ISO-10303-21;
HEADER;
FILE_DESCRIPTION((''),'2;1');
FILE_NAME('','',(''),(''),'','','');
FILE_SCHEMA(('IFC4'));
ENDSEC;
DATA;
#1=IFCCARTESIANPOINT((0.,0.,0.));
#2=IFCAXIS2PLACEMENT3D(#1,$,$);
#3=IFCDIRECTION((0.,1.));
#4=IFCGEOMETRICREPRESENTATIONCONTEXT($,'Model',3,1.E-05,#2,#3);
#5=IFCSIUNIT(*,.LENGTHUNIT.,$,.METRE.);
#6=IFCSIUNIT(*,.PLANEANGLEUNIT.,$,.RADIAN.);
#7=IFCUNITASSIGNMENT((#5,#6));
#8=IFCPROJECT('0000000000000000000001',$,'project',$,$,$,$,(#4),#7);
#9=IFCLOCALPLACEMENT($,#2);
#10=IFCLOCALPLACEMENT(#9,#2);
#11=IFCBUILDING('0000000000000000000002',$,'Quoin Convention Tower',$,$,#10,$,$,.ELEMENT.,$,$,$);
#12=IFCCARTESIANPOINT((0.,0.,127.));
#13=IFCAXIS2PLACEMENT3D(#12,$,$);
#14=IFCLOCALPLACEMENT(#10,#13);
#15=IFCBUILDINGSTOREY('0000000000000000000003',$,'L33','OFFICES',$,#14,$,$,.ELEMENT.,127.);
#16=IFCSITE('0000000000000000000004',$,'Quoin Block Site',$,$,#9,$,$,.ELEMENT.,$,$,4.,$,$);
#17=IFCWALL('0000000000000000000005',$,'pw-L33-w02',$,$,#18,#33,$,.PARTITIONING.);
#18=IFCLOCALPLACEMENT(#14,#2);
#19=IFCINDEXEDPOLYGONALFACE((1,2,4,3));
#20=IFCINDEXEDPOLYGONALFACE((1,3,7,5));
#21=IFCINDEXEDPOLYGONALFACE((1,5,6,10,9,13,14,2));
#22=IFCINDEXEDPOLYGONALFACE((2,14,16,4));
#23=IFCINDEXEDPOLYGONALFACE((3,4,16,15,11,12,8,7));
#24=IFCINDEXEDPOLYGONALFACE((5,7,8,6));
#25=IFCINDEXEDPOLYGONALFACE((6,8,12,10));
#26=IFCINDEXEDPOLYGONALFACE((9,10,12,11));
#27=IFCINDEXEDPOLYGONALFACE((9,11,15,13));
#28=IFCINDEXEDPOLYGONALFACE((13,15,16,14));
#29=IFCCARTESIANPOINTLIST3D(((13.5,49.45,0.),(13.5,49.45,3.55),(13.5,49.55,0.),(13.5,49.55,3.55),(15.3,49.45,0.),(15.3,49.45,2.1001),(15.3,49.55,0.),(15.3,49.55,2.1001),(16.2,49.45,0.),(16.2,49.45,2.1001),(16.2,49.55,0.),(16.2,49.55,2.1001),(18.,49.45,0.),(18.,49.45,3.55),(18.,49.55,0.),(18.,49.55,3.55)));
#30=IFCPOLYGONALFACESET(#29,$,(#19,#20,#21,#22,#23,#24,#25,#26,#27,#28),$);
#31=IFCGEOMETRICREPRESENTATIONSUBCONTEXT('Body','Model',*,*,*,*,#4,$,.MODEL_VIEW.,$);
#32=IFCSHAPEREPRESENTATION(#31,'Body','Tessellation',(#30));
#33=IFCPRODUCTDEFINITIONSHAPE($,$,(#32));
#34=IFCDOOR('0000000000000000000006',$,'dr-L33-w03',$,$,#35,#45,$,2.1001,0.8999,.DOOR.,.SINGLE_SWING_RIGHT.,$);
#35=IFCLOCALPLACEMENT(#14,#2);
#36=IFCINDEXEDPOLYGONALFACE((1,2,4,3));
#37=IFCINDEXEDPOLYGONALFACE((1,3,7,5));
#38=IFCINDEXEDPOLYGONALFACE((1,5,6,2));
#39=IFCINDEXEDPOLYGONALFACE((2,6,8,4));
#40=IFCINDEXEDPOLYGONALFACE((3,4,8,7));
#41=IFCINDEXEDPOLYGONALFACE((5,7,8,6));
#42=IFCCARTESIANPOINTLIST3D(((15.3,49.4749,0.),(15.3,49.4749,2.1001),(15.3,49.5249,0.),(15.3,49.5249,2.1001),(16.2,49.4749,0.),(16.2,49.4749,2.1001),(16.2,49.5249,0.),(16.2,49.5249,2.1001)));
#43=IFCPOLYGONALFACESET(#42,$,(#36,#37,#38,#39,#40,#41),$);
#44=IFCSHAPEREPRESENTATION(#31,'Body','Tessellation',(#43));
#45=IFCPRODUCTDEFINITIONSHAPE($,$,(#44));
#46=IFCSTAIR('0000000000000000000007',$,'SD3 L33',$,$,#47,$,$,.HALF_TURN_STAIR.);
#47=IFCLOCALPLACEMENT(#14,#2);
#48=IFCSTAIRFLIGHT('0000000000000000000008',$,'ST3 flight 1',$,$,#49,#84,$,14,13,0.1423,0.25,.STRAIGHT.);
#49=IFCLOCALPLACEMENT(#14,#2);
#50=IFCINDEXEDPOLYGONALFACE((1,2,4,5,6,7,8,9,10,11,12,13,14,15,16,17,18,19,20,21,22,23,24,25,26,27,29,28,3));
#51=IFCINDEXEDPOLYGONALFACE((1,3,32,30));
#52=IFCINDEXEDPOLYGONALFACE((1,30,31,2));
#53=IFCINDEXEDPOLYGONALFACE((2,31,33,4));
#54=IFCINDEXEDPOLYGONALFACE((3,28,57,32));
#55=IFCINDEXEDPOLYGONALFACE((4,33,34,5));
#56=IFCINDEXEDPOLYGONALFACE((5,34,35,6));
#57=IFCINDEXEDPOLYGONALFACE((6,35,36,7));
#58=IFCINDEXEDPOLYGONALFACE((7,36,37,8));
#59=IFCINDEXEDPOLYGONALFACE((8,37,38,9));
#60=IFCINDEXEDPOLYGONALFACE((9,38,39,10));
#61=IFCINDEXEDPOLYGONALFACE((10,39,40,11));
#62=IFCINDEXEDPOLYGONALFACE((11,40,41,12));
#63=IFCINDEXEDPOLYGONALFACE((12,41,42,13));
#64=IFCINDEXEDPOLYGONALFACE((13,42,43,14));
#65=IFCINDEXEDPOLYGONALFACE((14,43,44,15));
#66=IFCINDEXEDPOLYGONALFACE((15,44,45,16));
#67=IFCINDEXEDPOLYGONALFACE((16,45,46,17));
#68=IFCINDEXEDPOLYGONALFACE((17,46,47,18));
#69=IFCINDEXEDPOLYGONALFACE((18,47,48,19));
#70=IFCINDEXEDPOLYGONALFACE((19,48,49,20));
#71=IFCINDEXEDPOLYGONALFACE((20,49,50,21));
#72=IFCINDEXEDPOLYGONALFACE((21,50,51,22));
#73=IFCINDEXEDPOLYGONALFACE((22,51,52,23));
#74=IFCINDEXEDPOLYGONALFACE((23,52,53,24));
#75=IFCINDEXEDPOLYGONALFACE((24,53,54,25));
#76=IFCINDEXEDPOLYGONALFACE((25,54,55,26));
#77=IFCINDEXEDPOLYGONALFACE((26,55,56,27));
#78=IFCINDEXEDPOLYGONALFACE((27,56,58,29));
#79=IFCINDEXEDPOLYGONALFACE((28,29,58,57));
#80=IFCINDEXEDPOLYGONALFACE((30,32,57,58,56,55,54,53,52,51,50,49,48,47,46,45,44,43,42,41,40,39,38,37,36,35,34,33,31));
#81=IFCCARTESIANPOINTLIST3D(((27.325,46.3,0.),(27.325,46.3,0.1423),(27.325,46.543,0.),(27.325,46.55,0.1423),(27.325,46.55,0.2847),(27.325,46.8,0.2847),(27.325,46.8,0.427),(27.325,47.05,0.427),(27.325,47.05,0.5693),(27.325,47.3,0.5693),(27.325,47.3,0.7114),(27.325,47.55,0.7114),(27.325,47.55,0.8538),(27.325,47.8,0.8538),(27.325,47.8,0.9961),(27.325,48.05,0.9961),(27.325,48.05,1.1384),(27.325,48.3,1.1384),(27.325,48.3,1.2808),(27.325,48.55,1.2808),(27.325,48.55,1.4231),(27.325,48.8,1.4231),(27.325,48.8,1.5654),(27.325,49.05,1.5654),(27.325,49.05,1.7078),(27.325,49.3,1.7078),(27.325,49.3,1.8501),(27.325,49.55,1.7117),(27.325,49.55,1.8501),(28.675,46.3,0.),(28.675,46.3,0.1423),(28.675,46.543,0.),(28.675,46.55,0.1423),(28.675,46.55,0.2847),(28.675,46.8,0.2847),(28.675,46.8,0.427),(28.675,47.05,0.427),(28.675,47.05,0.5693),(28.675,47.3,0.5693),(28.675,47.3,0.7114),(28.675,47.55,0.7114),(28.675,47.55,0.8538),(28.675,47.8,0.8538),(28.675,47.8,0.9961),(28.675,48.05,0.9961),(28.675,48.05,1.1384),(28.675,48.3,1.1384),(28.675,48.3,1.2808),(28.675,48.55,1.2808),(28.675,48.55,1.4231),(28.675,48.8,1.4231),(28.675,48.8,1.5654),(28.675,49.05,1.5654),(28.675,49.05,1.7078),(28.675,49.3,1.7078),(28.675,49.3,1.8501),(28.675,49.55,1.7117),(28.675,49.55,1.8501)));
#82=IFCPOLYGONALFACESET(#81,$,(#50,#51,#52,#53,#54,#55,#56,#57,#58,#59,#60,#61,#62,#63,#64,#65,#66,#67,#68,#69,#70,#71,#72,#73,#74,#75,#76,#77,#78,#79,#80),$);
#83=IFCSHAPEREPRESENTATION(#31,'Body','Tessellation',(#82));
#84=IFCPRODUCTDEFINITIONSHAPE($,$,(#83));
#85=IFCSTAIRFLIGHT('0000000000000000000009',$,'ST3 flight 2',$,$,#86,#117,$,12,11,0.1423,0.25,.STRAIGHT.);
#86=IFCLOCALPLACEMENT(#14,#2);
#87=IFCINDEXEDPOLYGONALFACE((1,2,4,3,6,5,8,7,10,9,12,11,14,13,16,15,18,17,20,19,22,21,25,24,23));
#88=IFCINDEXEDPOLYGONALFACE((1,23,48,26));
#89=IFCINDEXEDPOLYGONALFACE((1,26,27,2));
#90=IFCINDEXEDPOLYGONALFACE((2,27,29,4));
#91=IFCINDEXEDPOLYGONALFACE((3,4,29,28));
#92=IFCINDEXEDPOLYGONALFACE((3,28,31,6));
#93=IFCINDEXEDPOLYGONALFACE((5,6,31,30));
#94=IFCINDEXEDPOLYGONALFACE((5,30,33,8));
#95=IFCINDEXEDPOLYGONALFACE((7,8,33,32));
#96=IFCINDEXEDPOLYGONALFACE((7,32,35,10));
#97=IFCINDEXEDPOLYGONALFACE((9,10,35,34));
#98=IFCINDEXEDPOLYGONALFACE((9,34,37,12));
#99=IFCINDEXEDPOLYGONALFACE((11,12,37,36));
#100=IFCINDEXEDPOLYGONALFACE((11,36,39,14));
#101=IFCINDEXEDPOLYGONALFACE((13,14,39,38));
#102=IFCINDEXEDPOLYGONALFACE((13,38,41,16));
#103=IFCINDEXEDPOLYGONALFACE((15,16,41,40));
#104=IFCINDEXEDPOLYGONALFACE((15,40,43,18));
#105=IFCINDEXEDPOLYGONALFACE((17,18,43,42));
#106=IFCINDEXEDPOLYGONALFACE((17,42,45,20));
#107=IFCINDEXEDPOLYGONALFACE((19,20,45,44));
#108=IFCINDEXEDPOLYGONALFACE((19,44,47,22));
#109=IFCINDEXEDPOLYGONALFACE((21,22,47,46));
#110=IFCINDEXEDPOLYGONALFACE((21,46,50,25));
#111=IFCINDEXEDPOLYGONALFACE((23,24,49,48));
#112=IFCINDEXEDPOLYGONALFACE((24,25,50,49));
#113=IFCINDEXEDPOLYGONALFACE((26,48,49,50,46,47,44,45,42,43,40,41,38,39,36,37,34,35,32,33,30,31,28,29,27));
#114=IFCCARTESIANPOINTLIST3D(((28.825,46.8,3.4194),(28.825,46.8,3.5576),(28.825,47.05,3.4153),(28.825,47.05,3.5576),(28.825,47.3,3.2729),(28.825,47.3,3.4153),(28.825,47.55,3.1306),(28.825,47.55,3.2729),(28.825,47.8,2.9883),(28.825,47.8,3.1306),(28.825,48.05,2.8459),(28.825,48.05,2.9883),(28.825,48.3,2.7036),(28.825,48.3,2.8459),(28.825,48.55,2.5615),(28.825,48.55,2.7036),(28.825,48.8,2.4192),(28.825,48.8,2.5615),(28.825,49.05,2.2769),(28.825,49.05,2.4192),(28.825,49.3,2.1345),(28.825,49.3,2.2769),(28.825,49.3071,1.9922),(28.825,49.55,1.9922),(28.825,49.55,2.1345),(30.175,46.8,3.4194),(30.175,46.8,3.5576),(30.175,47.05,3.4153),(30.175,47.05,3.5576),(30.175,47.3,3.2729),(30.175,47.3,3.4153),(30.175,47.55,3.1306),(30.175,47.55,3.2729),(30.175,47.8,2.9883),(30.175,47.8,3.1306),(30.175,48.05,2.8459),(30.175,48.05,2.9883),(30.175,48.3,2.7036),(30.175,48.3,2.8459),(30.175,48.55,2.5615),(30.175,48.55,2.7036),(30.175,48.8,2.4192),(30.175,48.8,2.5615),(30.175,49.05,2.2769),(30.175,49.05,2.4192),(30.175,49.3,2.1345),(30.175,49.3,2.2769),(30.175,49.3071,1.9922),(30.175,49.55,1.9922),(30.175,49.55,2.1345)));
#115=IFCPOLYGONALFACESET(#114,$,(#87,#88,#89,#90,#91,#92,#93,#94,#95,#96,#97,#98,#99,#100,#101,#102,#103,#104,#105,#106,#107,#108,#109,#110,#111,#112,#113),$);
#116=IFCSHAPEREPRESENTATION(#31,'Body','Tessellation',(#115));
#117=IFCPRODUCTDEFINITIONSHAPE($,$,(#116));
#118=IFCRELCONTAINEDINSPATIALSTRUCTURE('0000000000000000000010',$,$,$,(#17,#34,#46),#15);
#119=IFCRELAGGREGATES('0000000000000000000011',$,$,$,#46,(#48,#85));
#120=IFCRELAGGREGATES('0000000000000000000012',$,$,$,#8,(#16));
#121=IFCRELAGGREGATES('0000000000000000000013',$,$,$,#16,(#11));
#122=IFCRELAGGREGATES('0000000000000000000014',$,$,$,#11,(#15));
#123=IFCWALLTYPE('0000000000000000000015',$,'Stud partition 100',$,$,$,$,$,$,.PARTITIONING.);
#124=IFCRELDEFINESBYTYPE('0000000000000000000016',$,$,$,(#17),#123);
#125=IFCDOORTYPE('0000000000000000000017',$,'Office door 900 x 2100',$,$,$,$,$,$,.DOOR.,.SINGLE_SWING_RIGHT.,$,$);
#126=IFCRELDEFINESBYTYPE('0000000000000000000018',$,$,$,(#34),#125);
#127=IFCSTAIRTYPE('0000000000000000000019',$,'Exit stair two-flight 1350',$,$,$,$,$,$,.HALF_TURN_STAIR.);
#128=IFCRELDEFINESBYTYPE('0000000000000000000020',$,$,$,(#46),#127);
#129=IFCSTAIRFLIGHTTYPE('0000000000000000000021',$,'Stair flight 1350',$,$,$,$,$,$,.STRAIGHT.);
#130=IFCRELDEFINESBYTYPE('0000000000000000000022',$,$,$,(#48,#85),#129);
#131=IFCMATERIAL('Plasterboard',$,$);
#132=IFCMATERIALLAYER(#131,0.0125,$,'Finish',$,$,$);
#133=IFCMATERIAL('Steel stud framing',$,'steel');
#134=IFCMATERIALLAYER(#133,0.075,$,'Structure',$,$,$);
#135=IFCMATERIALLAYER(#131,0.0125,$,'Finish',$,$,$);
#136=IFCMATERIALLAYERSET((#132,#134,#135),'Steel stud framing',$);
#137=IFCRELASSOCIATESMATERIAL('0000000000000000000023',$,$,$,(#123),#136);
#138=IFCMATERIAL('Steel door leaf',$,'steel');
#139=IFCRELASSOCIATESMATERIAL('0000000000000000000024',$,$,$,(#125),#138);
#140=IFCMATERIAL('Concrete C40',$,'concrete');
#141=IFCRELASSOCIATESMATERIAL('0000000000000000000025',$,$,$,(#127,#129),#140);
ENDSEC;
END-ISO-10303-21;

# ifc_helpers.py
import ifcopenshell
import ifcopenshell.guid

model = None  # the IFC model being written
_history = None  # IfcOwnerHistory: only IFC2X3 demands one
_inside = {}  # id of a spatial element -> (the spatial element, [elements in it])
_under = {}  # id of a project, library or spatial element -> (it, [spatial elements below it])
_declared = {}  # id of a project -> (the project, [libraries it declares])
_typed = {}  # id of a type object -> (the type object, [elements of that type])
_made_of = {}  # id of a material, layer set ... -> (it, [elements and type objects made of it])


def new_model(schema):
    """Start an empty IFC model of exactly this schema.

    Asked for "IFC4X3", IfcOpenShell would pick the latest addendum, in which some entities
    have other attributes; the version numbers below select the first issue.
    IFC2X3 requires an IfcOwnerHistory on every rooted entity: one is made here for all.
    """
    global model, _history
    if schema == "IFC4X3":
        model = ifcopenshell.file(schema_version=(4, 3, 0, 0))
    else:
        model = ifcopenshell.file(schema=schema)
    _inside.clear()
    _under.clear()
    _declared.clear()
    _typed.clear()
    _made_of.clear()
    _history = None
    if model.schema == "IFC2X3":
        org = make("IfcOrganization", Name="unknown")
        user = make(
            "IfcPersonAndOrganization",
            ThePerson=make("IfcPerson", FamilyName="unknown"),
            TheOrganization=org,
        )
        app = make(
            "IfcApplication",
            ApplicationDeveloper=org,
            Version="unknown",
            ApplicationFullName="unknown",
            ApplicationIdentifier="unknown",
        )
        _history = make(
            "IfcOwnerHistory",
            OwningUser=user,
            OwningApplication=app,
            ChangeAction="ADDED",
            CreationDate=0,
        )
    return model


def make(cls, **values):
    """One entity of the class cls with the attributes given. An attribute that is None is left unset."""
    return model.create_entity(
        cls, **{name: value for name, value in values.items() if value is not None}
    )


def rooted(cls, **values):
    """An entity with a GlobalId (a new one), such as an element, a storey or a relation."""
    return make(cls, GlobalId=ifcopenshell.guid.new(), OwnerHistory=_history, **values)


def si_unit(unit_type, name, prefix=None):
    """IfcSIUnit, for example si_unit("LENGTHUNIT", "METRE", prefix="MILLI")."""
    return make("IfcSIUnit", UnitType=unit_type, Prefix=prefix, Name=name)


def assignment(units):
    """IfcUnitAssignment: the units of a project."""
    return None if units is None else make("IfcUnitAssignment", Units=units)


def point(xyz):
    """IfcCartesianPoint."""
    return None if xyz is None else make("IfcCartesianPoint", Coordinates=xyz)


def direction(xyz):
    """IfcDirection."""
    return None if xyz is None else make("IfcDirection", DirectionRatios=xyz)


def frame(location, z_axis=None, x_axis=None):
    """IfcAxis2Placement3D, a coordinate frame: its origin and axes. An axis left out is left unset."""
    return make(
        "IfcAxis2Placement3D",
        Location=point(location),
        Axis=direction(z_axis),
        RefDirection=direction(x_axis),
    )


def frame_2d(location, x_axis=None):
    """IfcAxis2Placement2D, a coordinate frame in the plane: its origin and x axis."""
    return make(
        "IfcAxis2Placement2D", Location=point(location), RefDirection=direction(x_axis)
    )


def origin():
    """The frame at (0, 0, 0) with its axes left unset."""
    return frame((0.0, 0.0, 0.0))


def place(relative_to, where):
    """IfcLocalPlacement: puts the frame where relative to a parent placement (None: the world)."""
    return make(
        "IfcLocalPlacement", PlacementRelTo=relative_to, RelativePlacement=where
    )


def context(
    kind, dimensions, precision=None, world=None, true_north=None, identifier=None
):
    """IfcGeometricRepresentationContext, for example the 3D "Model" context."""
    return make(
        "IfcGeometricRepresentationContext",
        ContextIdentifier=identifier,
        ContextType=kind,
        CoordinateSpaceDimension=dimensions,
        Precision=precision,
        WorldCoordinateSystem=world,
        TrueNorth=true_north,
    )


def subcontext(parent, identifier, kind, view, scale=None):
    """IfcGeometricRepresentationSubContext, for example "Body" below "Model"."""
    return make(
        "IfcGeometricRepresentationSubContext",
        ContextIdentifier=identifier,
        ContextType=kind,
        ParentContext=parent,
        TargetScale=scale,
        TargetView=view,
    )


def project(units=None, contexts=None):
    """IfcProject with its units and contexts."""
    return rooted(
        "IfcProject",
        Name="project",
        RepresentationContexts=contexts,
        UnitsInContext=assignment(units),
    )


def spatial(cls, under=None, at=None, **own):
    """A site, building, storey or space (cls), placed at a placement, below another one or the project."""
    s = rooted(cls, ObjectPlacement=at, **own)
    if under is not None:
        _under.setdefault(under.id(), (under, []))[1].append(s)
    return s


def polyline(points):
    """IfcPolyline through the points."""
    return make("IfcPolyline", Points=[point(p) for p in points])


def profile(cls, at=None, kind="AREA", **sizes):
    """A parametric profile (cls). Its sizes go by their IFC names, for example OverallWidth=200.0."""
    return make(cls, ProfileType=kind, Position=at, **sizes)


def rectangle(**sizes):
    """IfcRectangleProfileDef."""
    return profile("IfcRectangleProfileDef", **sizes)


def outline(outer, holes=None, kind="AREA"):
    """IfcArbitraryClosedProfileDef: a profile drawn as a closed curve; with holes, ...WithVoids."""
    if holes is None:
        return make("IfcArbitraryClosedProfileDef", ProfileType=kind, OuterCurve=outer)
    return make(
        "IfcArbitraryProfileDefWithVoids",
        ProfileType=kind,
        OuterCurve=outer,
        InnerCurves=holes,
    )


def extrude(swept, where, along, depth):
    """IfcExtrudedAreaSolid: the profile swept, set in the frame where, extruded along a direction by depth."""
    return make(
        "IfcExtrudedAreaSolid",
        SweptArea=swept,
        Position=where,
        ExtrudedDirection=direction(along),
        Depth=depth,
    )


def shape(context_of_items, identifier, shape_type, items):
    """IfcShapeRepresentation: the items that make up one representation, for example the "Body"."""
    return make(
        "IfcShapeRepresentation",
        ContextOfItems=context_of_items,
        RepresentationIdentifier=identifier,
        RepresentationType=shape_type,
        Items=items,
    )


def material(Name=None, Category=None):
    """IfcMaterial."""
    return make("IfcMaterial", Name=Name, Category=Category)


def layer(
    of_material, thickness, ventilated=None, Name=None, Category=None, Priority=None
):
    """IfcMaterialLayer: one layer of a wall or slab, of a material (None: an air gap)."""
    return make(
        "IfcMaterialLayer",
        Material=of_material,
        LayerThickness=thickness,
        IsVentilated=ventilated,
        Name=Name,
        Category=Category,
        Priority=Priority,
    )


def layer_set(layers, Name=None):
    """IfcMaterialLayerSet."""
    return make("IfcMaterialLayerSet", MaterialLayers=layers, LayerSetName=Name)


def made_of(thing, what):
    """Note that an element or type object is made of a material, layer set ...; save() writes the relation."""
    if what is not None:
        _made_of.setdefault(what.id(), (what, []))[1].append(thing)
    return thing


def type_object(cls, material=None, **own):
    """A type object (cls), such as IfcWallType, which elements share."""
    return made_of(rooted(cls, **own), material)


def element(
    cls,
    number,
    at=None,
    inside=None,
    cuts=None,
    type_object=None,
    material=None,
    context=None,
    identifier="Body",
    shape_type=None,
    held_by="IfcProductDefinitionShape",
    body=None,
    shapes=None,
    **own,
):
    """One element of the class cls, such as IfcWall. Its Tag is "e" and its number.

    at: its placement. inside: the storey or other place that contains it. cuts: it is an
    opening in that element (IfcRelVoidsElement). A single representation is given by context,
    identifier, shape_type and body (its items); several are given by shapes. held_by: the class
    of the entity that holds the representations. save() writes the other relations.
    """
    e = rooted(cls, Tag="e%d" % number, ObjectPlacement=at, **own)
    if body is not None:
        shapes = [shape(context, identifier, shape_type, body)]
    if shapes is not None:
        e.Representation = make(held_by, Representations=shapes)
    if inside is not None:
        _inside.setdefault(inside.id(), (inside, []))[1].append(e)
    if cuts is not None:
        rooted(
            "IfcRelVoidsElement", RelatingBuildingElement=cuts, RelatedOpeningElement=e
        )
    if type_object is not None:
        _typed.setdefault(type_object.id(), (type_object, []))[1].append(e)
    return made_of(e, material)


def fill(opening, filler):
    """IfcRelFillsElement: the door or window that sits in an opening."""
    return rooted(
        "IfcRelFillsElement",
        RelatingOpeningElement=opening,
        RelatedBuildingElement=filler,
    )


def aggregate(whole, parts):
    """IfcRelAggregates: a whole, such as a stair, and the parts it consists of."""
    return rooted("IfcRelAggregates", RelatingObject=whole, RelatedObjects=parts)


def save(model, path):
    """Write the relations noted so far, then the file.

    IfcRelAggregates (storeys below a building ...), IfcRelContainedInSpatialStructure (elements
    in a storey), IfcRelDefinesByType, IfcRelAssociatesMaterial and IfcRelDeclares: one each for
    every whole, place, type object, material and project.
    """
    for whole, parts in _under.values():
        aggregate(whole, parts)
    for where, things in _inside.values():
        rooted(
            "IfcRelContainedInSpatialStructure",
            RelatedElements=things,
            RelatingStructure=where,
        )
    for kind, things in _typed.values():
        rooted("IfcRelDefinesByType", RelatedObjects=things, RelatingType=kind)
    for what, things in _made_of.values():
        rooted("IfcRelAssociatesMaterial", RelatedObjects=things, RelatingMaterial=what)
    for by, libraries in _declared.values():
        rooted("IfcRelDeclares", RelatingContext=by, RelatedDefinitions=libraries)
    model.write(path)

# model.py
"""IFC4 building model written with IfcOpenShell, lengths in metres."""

from ifc_helpers import new_model, si_unit, direction, frame, frame_2d, origin, place, context, subcontext, project, spatial, polyline, rectangle, outline, extrude, material, layer, layer_set, type_object, element, fill, aggregate, save


model = new_model("IFC4")

# Units and contexts
model_context = context("Model", 3, precision=1e-05, world=origin(), true_north=direction((0.0, 1.0)))
body_context = subcontext(model_context, "Body", "Model", "MODEL_VIEW")
ifc_project = project(units=[si_unit("LENGTHUNIT", "METRE"), si_unit("PLANEANGLEUNIT", "RADIAN")], contexts=[model_context])

# Site, building, storey
site_placement = place(None, origin())
site = spatial("IfcSite", under=ifc_project, at=site_placement, Name="Quoin Block Site", CompositionType="ELEMENT", RefElevation=4.0)
building_placement = place(site_placement, origin())
building = spatial("IfcBuilding", under=site, at=building_placement, Name="Quoin Convention Tower", CompositionType="ELEMENT")
storey_placement = place(building_placement, frame((0.0, 0.0, 127.0)))
storey = spatial("IfcBuildingStorey", under=building, at=storey_placement, Name="L33", Description="OFFICES", CompositionType="ELEMENT", Elevation=127.0)

# Shared definitions
ifc_material_1 = material(Name="Plasterboard")
ifc_material_2 = material(Name="Steel stud framing", Category="steel")

# Shared definitions
ifc_material_3 = material(Name="Steel door leaf", Category="steel")

# Wall, opening, door
ifc_layer_1 = layer(ifc_material_1, 0.0125, Name="Finish")
ifc_layer_2 = layer(ifc_material_2, 0.075, Name="Structure")
ifc_layer_3 = layer(ifc_material_1, 0.0125, Name="Finish")
ifc_layer_set_1 = layer_set([ifc_layer_1, ifc_layer_2, ifc_layer_3], Name="Steel stud framing")
wall_type_1 = type_object("IfcWallType", Name="Stud partition 100", PredefinedType="PARTITIONING", material=ifc_layer_set_1)
wall_1_placement = place(storey_placement, frame((13.5, 49.5, 0.0), z_axis=(0.0, 0.0, 1.0), x_axis=(1.0, 0.0, 0.0)))
wall_1 = element("IfcWall", 1, at=wall_1_placement, inside=storey, type_object=wall_type_1, Name="pw-L33-w02", PredefinedType="PARTITIONING", context=body_context, shape_type="SweptSolid", body=[
    extrude(rectangle(XDim=4.5, YDim=0.1001, at=frame_2d((2.25, 0.0))), origin(), (0.0, 0.0, 1.0), 3.55),
])
opening_1_placement = place(wall_1_placement, frame((1.8, 0.0, 0.0)))
opening_1 = element("IfcOpeningElement", 2, at=opening_1_placement, cuts=wall_1, PredefinedType="OPENING", context=body_context, shape_type="SweptSolid", body=[
    extrude(rectangle(XDim=0.8999, YDim=2.1001, at=frame_2d((0.45, 1.05))), frame((0.0, 0.0601, 0.0), z_axis=(0.0, -1.0, 0.0), x_axis=(1.0, 0.0, 0.0)), (0.0, 0.0, 1.0), 0.1201),
])
door_type_1 = type_object("IfcDoorType", Name="Office door 900 x 2100", OperationType="SINGLE_SWING_RIGHT", PredefinedType="DOOR", material=ifc_material_3)
door_1_placement = place(opening_1_placement, origin())
door_1 = element("IfcDoor", 3, at=door_1_placement, inside=storey, type_object=door_type_1, Name="dr-L33-w03", OperationType="SINGLE_SWING_RIGHT", OverallHeight=2.1001, OverallWidth=0.8999, PredefinedType="DOOR", context=body_context, shape_type="SweptSolid", body=[
    extrude(rectangle(XDim=0.8999, YDim=2.1001, at=frame_2d((0.45, 1.05))), frame((0.0, 0.0249, 0.0), z_axis=(0.0, -1.0, 0.0), x_axis=(1.0, 0.0, 0.0)), (0.0, 0.0, 1.0), 0.05),
])
fill(opening_1, door_1)

# Stair, stair flights
ifc_material_4 = material(Name="Concrete C40", Category="concrete")
stair_type = type_object("IfcStairType", Name="Exit stair two-flight 1350", PredefinedType="HALF_TURN_STAIR", material=ifc_material_4)
stair_placement = place(storey_placement, origin())
stair = element("IfcStair", 4, at=stair_placement, inside=storey, type_object=stair_type, Name="SD3 L33", PredefinedType="HALF_TURN_STAIR")
stair_flight_type = type_object("IfcStairFlightType", Name="Stair flight 1350", PredefinedType="STRAIGHT", material=ifc_material_4)
stair_flight_1_placement = place(storey_placement, frame((28.0, 46.3, 0.0), z_axis=(0.0, 0.0, 1.0), x_axis=(0.0, 1.0, 0.0)))
stair_flight_1 = element("IfcStairFlight", 5, at=stair_flight_1_placement, type_object=stair_flight_type, Name="ST3 flight 1", NumberOfRisers=14, NumberOfTreads=13, PredefinedType="STRAIGHT", RiserHeight=0.1423, TreadLength=0.25, context=body_context, shape_type="SweptSolid", body=[
    extrude(outline(polyline([(0.0, 0.0), (0.0, 0.1423), (0.25, 0.1423), (0.25, 0.2847), (0.5, 0.2847), (0.5, 0.427), (0.75, 0.427), (0.75, 0.5693), (1.0, 0.5693), (1.0, 0.7114), (1.25, 0.7114), (1.25, 0.8538), (1.5, 0.8538), (1.5, 0.9961), (1.75, 0.9961), (1.75, 1.1384), (2.0, 1.1384), (2.0, 1.2808), (2.25, 1.2808), (2.25, 1.4231), (2.5, 1.4231), (2.5, 1.5654), (2.75, 1.5654), (2.75, 1.7078), (3.0, 1.7078), (3.0, 1.8501), (3.25, 1.8501), (3.25, 1.9922), (3.25, 1.7117), (0.2429, 0.0), (0.0, 0.0)])), frame((0.0, 0.675, 0.0), z_axis=(0.0, -1.0, 0.0), x_axis=(1.0, 0.0, 0.0)), (0.0, 0.0, 1.0), 1.3501),
])
stair_flight_2_placement = place(storey_placement, frame((29.5, 49.55, 1.9922), z_axis=(0.0, 0.0, 1.0), x_axis=(0.0, -1.0, 0.0)))
stair_flight_2 = element("IfcStairFlight", 6, at=stair_flight_2_placement, type_object=stair_flight_type, Name="ST3 flight 2", NumberOfRisers=12, NumberOfTreads=11, PredefinedType="STRAIGHT", RiserHeight=0.1423, TreadLength=0.25, context=body_context, shape_type="SweptSolid", body=[
    extrude(outline(polyline([(0.0, 0.0), (0.0, 0.1423), (0.25, 0.1423), (0.25, 0.2847), (0.5, 0.2847), (0.5, 0.427), (0.75, 0.427), (0.75, 0.5693), (1.0, 0.5693), (1.0, 0.7114), (1.25, 0.7114), (1.25, 0.8538), (1.5, 0.8538), (1.5, 0.9961), (1.75, 0.9961), (1.75, 1.1384), (2.0, 1.1384), (2.0, 1.2808), (2.25, 1.2808), (2.25, 1.4231), (2.5, 1.4231), (2.5, 1.5654), (2.75, 1.5654), (2.75, 1.7078), (2.75, 1.4272), (0.2429, 0.0), (0.0, 0.0)])), frame((0.0, 0.675, 0.0), z_axis=(0.0, -1.0, 0.0), x_axis=(1.0, 0.0, 0.0)), (0.0, 0.0, 1.0), 1.3501),
])
aggregate(stair, [stair_flight_1, stair_flight_2])

save(model, "model.ifc")
